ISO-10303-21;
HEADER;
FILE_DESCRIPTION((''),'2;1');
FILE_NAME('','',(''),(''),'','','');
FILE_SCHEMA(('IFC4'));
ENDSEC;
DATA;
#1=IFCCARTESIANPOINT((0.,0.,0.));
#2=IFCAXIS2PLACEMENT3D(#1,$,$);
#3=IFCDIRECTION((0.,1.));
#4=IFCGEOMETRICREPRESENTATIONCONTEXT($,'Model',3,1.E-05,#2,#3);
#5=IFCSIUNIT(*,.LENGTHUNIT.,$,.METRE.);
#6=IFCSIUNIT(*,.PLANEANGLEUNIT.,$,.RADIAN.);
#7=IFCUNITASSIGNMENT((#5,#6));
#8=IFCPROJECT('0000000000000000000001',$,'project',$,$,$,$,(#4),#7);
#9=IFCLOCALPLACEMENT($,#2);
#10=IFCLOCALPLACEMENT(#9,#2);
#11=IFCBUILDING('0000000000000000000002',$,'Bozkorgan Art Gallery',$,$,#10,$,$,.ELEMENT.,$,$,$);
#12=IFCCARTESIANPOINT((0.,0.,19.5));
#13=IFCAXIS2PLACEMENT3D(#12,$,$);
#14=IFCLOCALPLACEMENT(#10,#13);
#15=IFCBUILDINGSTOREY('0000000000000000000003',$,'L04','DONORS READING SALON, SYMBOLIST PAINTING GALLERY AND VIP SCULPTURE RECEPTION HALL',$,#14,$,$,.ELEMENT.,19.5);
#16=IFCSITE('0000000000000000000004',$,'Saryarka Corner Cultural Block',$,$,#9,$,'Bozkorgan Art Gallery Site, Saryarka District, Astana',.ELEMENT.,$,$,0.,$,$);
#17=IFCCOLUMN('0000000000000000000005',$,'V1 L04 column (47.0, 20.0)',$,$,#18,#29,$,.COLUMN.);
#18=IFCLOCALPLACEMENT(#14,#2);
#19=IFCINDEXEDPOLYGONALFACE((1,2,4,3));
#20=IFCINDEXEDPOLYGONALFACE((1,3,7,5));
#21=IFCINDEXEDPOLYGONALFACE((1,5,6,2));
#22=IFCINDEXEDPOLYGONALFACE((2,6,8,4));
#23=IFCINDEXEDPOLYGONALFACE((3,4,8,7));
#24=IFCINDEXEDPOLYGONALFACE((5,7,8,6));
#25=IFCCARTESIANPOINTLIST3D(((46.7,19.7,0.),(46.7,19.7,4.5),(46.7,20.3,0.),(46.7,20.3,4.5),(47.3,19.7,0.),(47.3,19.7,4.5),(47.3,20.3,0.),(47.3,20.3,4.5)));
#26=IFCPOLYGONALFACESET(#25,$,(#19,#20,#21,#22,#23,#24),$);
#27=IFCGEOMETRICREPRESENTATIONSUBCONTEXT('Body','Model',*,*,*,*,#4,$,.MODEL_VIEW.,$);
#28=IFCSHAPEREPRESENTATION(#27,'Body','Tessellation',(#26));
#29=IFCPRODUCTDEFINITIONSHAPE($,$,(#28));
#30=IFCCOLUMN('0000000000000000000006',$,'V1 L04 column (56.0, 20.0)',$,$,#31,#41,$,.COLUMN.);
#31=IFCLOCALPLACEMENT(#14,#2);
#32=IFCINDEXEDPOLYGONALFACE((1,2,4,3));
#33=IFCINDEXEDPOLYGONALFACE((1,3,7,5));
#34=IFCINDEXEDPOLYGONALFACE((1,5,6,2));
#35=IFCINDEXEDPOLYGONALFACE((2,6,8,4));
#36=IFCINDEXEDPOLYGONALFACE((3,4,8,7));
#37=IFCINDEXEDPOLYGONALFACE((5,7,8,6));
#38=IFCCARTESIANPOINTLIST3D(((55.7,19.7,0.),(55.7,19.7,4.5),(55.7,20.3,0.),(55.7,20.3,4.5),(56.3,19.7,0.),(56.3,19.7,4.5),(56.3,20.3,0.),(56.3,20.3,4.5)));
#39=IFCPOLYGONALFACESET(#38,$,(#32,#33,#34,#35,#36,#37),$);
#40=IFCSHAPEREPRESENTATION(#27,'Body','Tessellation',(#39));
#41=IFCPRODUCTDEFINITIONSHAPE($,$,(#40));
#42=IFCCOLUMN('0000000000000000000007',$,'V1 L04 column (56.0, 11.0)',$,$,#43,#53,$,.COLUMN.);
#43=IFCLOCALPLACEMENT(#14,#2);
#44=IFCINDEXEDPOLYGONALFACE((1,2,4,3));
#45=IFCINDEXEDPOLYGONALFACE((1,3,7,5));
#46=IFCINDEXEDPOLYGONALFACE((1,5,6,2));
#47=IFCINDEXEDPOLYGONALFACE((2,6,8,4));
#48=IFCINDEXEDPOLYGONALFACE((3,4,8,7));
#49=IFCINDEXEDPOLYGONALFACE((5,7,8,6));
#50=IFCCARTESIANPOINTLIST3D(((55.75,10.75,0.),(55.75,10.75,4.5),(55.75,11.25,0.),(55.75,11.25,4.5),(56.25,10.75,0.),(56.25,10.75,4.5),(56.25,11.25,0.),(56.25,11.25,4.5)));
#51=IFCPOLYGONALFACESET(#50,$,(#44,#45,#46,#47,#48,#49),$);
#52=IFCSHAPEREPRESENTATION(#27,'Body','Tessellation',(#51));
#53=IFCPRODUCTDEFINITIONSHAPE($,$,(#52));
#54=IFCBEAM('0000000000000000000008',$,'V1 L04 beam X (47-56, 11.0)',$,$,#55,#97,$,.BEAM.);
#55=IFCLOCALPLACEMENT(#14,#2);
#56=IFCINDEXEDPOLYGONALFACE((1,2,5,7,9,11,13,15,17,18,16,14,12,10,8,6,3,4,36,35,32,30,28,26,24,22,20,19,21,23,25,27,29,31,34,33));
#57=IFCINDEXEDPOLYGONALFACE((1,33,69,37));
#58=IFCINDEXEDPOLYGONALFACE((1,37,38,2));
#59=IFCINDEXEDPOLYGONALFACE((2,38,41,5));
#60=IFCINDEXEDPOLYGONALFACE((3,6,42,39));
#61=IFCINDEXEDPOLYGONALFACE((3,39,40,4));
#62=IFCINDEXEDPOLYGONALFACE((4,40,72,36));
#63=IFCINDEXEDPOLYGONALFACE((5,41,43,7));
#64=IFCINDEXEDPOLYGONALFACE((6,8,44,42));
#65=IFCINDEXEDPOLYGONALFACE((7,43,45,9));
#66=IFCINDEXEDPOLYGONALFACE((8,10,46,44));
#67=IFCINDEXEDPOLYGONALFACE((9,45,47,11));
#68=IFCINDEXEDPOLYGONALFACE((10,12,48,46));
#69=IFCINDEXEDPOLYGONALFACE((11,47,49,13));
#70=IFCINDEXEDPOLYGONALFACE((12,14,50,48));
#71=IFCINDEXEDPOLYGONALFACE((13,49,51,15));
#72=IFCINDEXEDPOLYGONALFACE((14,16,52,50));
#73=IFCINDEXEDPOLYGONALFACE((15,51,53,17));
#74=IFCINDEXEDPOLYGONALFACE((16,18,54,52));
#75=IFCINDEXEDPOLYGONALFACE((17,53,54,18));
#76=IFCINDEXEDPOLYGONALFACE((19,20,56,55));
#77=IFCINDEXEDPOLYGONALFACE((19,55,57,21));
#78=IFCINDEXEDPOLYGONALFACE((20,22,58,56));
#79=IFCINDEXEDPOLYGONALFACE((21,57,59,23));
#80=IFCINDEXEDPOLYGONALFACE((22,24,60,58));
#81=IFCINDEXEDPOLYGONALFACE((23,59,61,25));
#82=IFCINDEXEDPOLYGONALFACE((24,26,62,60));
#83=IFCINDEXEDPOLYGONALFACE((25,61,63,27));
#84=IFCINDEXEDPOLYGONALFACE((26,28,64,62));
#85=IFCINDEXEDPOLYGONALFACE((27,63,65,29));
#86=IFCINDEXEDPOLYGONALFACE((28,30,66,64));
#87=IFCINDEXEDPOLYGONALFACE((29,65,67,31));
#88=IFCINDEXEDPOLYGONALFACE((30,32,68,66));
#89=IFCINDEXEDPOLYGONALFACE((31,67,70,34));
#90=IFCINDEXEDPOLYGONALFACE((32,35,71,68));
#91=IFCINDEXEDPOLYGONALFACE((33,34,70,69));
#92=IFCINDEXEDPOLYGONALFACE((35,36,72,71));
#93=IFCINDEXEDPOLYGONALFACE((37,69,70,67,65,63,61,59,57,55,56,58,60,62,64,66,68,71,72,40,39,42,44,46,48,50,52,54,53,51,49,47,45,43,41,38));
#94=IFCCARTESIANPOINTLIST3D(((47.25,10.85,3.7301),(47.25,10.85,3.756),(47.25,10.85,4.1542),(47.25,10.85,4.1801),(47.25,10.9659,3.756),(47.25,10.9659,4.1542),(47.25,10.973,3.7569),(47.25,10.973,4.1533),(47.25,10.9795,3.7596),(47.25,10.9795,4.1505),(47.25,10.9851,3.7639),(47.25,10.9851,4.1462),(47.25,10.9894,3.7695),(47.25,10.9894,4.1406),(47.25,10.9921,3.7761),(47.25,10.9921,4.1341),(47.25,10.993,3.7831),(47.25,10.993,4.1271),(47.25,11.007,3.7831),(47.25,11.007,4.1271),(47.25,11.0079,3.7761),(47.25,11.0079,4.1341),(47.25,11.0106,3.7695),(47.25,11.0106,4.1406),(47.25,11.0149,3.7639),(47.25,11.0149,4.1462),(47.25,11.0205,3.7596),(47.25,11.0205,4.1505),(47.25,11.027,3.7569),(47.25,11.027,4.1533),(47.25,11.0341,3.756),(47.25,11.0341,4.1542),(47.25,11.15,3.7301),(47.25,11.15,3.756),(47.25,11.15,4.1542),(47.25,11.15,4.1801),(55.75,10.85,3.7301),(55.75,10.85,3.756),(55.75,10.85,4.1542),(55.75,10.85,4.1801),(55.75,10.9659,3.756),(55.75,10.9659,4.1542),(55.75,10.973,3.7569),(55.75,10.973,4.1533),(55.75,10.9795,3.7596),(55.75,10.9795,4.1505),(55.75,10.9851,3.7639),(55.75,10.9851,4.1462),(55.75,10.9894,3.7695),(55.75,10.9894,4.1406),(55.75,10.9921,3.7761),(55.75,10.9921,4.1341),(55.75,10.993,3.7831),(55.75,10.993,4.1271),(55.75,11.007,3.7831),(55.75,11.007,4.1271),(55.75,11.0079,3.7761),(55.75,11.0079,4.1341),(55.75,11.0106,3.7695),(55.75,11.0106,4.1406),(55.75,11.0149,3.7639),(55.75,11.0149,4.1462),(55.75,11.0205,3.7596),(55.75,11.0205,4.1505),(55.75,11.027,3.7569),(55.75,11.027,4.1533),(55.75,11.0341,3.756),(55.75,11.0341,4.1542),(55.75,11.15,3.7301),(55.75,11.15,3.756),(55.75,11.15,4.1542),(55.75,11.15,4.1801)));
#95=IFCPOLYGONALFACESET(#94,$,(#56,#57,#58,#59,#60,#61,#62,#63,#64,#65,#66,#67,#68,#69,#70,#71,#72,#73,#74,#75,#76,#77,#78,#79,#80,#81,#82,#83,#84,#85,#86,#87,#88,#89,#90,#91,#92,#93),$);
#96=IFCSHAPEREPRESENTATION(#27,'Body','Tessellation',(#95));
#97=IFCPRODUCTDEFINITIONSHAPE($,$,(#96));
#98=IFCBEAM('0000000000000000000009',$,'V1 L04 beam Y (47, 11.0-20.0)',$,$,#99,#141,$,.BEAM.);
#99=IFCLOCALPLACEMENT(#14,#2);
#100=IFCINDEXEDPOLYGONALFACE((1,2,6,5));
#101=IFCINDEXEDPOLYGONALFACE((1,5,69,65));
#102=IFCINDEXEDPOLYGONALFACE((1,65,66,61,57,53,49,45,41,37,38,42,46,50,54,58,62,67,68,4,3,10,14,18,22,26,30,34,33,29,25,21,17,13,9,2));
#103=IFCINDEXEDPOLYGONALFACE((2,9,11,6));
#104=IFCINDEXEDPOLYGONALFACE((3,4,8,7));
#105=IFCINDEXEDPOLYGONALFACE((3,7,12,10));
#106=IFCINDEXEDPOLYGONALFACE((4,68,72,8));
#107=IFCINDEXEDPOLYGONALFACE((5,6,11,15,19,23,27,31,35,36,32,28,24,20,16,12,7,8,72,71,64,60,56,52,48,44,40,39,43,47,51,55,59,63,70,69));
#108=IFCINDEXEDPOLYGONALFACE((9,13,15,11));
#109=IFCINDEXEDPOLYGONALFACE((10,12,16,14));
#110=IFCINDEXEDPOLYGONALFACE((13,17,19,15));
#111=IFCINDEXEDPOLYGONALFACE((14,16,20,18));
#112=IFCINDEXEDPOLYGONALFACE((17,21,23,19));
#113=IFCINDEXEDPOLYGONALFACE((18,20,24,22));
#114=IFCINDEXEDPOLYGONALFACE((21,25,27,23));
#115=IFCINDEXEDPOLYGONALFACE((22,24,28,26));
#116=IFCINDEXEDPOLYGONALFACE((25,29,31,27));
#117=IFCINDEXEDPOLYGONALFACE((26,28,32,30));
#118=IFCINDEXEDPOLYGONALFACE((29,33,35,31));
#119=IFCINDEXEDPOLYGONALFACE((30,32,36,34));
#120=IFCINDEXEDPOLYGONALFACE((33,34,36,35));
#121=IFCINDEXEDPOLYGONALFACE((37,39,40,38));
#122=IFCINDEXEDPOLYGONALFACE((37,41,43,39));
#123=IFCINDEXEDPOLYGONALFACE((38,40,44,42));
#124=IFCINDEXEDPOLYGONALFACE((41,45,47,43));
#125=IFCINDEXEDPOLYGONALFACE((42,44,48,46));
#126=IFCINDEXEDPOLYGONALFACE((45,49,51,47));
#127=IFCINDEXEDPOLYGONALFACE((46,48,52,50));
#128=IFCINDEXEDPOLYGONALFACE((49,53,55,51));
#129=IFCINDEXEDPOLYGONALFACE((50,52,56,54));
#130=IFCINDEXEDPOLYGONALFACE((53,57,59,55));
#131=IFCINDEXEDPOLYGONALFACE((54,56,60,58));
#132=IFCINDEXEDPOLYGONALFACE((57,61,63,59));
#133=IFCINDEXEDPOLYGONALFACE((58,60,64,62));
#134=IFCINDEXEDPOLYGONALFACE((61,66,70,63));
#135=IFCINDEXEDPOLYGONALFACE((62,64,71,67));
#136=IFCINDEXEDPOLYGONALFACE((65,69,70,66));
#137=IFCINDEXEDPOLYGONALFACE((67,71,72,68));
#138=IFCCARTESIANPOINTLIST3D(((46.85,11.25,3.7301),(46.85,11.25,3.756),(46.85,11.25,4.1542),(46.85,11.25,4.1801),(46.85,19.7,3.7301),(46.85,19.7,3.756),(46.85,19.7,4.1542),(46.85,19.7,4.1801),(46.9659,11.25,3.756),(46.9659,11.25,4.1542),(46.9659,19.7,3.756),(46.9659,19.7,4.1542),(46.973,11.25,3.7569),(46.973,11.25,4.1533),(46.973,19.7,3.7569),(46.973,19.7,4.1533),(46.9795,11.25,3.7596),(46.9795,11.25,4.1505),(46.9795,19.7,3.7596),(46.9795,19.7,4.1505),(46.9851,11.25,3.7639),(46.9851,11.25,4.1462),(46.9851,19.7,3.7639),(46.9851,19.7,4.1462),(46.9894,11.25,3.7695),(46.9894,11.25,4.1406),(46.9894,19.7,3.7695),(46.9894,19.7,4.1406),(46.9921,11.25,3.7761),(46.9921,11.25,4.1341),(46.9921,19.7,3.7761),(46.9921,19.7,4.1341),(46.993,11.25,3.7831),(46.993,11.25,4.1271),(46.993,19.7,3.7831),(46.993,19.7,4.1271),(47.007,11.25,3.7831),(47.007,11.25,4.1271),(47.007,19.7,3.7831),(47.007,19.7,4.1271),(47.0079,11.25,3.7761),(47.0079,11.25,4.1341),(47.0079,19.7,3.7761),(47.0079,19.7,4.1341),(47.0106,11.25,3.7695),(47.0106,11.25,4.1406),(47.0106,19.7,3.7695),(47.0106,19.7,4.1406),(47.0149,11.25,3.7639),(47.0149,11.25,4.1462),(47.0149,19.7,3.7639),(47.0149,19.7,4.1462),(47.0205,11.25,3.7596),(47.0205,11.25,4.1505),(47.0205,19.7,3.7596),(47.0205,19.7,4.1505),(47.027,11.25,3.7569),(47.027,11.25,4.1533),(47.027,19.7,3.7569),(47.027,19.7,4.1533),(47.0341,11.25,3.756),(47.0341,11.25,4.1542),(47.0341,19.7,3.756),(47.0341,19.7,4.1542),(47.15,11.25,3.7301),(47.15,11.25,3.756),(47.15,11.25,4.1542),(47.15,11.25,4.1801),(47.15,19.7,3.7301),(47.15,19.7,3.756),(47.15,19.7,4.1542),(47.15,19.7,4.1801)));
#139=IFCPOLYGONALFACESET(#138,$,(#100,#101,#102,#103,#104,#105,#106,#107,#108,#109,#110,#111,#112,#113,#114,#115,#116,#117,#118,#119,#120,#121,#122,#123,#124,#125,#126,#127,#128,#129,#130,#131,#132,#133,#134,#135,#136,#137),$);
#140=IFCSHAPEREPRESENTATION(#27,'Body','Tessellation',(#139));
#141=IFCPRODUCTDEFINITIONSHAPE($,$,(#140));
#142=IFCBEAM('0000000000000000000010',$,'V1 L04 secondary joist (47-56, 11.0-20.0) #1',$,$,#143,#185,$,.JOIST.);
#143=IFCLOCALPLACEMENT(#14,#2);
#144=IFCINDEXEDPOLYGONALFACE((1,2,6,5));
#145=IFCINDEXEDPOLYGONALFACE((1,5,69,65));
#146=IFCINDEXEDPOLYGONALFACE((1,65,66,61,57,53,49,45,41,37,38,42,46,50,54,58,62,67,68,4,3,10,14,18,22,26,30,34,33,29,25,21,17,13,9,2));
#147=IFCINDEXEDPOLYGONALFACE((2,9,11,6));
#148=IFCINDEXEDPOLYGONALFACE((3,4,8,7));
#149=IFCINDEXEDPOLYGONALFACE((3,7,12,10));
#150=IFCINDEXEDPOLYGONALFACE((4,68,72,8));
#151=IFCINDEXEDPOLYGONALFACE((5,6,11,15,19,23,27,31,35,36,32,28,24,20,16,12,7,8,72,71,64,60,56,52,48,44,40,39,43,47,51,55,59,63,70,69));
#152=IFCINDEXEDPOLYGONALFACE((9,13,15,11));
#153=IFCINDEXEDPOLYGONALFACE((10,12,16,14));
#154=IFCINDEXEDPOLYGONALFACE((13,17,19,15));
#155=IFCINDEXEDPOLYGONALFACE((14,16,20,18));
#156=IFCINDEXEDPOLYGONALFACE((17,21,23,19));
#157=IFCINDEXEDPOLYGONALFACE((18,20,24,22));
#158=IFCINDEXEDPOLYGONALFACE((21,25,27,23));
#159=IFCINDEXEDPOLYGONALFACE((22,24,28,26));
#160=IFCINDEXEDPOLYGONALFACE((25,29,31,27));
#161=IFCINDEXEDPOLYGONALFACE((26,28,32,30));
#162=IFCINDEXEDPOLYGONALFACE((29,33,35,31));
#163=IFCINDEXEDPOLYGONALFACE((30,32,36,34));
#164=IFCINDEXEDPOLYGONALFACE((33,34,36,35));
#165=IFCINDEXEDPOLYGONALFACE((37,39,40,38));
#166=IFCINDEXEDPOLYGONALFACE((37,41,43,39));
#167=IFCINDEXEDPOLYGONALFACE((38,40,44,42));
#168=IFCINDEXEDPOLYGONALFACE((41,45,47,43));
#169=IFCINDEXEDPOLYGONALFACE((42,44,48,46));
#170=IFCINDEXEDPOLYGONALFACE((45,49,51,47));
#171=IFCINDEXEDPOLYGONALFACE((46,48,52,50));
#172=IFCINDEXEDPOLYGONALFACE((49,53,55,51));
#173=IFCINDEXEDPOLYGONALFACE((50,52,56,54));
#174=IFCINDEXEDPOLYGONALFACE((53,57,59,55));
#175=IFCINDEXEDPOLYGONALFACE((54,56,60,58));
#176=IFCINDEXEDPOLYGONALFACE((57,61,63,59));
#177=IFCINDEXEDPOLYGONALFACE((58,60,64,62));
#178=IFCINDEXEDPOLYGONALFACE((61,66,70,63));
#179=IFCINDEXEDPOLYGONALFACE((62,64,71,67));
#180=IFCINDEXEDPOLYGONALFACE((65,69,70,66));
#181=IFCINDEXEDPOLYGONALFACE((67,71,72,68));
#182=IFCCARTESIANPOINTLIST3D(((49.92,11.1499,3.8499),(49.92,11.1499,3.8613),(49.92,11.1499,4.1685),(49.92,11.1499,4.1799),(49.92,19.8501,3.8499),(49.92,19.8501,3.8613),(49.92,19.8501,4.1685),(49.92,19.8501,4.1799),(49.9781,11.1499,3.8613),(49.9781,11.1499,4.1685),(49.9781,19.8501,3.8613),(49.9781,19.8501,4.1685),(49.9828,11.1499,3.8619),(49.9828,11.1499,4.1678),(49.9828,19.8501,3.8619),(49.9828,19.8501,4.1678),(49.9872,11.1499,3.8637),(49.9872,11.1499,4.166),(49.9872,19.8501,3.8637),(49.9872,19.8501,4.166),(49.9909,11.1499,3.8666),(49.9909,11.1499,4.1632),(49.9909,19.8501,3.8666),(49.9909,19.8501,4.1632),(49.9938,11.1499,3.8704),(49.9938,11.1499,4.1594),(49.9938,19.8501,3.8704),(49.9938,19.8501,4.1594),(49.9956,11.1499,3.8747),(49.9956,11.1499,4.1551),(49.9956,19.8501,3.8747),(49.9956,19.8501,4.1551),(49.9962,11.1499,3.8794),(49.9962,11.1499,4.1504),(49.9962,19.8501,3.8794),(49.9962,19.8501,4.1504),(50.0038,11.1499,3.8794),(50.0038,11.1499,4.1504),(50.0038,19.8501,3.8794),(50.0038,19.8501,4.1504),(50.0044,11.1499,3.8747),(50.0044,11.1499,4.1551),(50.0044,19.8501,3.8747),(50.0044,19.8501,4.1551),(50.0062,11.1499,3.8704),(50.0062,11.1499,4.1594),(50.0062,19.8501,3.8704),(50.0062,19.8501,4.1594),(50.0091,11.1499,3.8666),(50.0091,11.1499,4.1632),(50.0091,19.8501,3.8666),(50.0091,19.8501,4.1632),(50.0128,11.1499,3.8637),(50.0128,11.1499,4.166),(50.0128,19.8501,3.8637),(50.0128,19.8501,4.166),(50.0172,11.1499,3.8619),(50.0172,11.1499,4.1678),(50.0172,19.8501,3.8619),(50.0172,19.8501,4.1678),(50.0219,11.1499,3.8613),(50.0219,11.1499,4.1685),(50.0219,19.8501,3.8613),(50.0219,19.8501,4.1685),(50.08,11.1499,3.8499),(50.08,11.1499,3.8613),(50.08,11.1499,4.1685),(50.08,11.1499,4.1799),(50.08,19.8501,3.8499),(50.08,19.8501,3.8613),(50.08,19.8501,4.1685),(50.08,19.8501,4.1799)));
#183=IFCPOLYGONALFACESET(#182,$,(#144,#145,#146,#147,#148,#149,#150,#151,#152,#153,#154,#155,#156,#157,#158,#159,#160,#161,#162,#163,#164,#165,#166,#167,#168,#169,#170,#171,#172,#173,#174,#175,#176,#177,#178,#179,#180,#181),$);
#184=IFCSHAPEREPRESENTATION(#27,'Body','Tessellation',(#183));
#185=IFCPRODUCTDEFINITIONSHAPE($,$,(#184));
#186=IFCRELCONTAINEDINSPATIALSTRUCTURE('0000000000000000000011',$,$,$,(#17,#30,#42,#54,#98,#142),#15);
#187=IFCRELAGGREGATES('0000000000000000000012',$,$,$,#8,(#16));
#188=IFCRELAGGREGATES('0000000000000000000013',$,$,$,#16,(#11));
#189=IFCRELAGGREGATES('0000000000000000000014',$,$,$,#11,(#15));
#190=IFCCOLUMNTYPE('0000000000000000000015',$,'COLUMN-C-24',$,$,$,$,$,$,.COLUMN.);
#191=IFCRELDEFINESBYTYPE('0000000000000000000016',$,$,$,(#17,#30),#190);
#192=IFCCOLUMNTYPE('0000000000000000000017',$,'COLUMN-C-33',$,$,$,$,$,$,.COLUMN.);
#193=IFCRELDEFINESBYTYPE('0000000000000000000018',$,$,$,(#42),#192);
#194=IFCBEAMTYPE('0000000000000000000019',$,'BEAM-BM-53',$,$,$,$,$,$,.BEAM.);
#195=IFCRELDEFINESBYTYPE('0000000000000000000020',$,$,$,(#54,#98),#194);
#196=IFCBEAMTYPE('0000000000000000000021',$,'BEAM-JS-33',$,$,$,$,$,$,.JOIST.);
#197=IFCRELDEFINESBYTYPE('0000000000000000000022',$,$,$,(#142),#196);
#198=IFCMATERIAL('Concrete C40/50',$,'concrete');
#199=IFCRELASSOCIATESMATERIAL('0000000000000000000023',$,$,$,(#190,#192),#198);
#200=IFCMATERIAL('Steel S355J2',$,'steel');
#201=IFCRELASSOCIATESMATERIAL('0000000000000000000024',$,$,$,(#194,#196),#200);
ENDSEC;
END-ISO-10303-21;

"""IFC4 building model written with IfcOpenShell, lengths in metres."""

from ifc_helpers import new_model, si_unit, direction, frame, origin, origin_2d, place, context, subcontext, project, spatial, rectangle, i_section, extrude, material, material_profile, profile_set, type_object, element, save


model = new_model("IFC4")

# Units and contexts
model_context = context("Model", 3, precision=1e-05, world=origin(), true_north=direction((0.0, 1.0)))
body_context = subcontext(model_context, "Body", "Model", "MODEL_VIEW")
ifc_project = project(units=[si_unit("LENGTHUNIT", "METRE"), si_unit("PLANEANGLEUNIT", "RADIAN")], contexts=[model_context])

# Site, building, storey
site_placement = place(None, origin())
site = spatial("IfcSite", under=ifc_project, at=site_placement, Name="Saryarka Corner Cultural Block", LongName="Bozkorgan Art Gallery Site, Saryarka District, Astana", CompositionType="ELEMENT", RefElevation=0.0)
building_placement = place(site_placement, origin())
building = spatial("IfcBuilding", under=site, at=building_placement, Name="Bozkorgan Art Gallery", CompositionType="ELEMENT")
storey_placement = place(building_placement, frame((0.0, 0.0, 19.5)))
storey = spatial("IfcBuildingStorey", under=building, at=storey_placement, Name="L04", Description="DONORS READING SALON, SYMBOLIST PAINTING GALLERY AND VIP SCULPTURE RECEPTION HALL", CompositionType="ELEMENT", Elevation=19.5)

# Columns
ifc_material_1 = material(Name="Concrete C40/50", Category="concrete")
ifc_material_profile_1 = material_profile(ifc_material_1, rectangle(XDim=0.6001, YDim=0.6001, at=origin_2d()), Name="RC 600x600")
ifc_profile_set_1 = profile_set([ifc_material_profile_1], Name="Concrete C40/50")
column_type_1 = type_object("IfcColumnType", Name="COLUMN-C-24", PredefinedType="COLUMN", material=ifc_profile_set_1)
for number, where, z_axis, x_axis, name in (
    (1, (47.0, 20.0, 0.0), (0.0, 0.0, 1.0), (1.0, 0.0, 0.0), "V1 L04 column (47.0, 20.0)"),
    (2, (56.0, 20.0, 0.0), (0.0, 0.0, 1.0), (1.0, 0.0, 0.0), "V1 L04 column (56.0, 20.0)"),
):
    element("IfcColumn", number, at=place(storey_placement, frame(where, z_axis=z_axis, x_axis=x_axis)), inside=storey, type_object=column_type_1, Name=name, PredefinedType="COLUMN", context=body_context, shape_type="SweptSolid", body=[
        extrude(rectangle(XDim=0.6001, YDim=0.6001, at=origin_2d()), origin(), (0.0, 0.0, 1.0), 4.5),
    ])
ifc_material_profile_2 = material_profile(ifc_material_1, rectangle(XDim=0.5, YDim=0.5, at=origin_2d()), Name="RC 500x500")
ifc_profile_set_2 = profile_set([ifc_material_profile_2], Name="Concrete C40/50")
column_type_2 = type_object("IfcColumnType", Name="COLUMN-C-33", PredefinedType="COLUMN", material=ifc_profile_set_2)
column_placement = place(storey_placement, frame((56.0, 11.0, 0.0), z_axis=(0.0, 0.0, 1.0), x_axis=(1.0, 0.0, 0.0)))
element("IfcColumn", 3, at=column_placement, inside=storey, type_object=column_type_2, Name="V1 L04 column (56.0, 11.0)", PredefinedType="COLUMN", context=body_context, shape_type="SweptSolid", body=[
    extrude(rectangle(XDim=0.5, YDim=0.5, at=origin_2d()), origin(), (0.0, 0.0, 1.0), 4.5),
])

# Beams
ifc_material_2 = material(Name="Steel S355J2", Category="steel")
ifc_material_profile_3 = material_profile(ifc_material_2, i_section(OverallWidth=0.3, OverallDepth=0.45, WebThickness=0.0139, FlangeThickness=0.0259, FilletRadius=0.0271, at=origin_2d()), Name="HEB 450")
ifc_profile_set_3 = profile_set([ifc_material_profile_3], Name="Steel S355J2")
beam_type_1 = type_object("IfcBeamType", Name="BEAM-BM-53", PredefinedType="BEAM", material=ifc_profile_set_3)
beam_1_placement = place(storey_placement, frame((47.25, 11.0, 3.9551), z_axis=(1.0, 0.0, 0.0), x_axis=(0.0, 1.0, 0.0)))
element("IfcBeam", 4, at=beam_1_placement, inside=storey, type_object=beam_type_1, Name="V1 L04 beam X (47-56, 11.0)", PredefinedType="BEAM", context=body_context, shape_type="SweptSolid", body=[
    extrude(i_section(OverallWidth=0.3, OverallDepth=0.45, WebThickness=0.0139, FlangeThickness=0.0259, FilletRadius=0.0271, at=origin_2d()), origin(), (0.0, 0.0, 1.0), 8.5),
])
beam_2_placement = place(storey_placement, frame((47.0, 11.25, 3.9551), z_axis=(0.0, 1.0, 0.0), x_axis=(-1.0, 0.0, 0.0)))
element("IfcBeam", 5, at=beam_2_placement, inside=storey, type_object=beam_type_1, Name="V1 L04 beam Y (47, 11.0-20.0)", PredefinedType="BEAM", context=body_context, shape_type="SweptSolid", body=[
    extrude(i_section(OverallWidth=0.3, OverallDepth=0.45, WebThickness=0.0139, FlangeThickness=0.0259, FilletRadius=0.0271, at=origin_2d()), origin(), (0.0, 0.0, 1.0), 8.45),
])
ifc_material_profile_4 = material_profile(ifc_material_2, i_section(OverallWidth=0.1599, OverallDepth=0.3301, WebThickness=0.0076, FlangeThickness=0.0115, FilletRadius=0.0181, at=origin_2d()), Name="IPE 330")
ifc_profile_set_4 = profile_set([ifc_material_profile_4], Name="Steel S355J2")
beam_type_2 = type_object("IfcBeamType", Name="BEAM-JS-33", PredefinedType="JOIST", material=ifc_profile_set_4)
for number, where, z_axis, x_axis, name in (
    (6, (50.0, 11.1499, 4.0149), (0.0, 1.0, 0.0), (-1.0, 0.0, 0.0), "V1 L04 secondary joist (47-56, 11.0-20.0) #1"),
):
    element("IfcBeam", number, at=place(storey_placement, frame(where, z_axis=z_axis, x_axis=x_axis)), inside=storey, type_object=beam_type_2, Name=name, PredefinedType="JOIST", context=body_context, shape_type="SweptSolid", body=[
        extrude(i_section(OverallWidth=0.1599, OverallDepth=0.3301, WebThickness=0.0076, FlangeThickness=0.0115, FilletRadius=0.0181, at=origin_2d()), origin(), (0.0, 0.0, 1.0), 8.7002),
    ])

save(model, "model.ifc")
